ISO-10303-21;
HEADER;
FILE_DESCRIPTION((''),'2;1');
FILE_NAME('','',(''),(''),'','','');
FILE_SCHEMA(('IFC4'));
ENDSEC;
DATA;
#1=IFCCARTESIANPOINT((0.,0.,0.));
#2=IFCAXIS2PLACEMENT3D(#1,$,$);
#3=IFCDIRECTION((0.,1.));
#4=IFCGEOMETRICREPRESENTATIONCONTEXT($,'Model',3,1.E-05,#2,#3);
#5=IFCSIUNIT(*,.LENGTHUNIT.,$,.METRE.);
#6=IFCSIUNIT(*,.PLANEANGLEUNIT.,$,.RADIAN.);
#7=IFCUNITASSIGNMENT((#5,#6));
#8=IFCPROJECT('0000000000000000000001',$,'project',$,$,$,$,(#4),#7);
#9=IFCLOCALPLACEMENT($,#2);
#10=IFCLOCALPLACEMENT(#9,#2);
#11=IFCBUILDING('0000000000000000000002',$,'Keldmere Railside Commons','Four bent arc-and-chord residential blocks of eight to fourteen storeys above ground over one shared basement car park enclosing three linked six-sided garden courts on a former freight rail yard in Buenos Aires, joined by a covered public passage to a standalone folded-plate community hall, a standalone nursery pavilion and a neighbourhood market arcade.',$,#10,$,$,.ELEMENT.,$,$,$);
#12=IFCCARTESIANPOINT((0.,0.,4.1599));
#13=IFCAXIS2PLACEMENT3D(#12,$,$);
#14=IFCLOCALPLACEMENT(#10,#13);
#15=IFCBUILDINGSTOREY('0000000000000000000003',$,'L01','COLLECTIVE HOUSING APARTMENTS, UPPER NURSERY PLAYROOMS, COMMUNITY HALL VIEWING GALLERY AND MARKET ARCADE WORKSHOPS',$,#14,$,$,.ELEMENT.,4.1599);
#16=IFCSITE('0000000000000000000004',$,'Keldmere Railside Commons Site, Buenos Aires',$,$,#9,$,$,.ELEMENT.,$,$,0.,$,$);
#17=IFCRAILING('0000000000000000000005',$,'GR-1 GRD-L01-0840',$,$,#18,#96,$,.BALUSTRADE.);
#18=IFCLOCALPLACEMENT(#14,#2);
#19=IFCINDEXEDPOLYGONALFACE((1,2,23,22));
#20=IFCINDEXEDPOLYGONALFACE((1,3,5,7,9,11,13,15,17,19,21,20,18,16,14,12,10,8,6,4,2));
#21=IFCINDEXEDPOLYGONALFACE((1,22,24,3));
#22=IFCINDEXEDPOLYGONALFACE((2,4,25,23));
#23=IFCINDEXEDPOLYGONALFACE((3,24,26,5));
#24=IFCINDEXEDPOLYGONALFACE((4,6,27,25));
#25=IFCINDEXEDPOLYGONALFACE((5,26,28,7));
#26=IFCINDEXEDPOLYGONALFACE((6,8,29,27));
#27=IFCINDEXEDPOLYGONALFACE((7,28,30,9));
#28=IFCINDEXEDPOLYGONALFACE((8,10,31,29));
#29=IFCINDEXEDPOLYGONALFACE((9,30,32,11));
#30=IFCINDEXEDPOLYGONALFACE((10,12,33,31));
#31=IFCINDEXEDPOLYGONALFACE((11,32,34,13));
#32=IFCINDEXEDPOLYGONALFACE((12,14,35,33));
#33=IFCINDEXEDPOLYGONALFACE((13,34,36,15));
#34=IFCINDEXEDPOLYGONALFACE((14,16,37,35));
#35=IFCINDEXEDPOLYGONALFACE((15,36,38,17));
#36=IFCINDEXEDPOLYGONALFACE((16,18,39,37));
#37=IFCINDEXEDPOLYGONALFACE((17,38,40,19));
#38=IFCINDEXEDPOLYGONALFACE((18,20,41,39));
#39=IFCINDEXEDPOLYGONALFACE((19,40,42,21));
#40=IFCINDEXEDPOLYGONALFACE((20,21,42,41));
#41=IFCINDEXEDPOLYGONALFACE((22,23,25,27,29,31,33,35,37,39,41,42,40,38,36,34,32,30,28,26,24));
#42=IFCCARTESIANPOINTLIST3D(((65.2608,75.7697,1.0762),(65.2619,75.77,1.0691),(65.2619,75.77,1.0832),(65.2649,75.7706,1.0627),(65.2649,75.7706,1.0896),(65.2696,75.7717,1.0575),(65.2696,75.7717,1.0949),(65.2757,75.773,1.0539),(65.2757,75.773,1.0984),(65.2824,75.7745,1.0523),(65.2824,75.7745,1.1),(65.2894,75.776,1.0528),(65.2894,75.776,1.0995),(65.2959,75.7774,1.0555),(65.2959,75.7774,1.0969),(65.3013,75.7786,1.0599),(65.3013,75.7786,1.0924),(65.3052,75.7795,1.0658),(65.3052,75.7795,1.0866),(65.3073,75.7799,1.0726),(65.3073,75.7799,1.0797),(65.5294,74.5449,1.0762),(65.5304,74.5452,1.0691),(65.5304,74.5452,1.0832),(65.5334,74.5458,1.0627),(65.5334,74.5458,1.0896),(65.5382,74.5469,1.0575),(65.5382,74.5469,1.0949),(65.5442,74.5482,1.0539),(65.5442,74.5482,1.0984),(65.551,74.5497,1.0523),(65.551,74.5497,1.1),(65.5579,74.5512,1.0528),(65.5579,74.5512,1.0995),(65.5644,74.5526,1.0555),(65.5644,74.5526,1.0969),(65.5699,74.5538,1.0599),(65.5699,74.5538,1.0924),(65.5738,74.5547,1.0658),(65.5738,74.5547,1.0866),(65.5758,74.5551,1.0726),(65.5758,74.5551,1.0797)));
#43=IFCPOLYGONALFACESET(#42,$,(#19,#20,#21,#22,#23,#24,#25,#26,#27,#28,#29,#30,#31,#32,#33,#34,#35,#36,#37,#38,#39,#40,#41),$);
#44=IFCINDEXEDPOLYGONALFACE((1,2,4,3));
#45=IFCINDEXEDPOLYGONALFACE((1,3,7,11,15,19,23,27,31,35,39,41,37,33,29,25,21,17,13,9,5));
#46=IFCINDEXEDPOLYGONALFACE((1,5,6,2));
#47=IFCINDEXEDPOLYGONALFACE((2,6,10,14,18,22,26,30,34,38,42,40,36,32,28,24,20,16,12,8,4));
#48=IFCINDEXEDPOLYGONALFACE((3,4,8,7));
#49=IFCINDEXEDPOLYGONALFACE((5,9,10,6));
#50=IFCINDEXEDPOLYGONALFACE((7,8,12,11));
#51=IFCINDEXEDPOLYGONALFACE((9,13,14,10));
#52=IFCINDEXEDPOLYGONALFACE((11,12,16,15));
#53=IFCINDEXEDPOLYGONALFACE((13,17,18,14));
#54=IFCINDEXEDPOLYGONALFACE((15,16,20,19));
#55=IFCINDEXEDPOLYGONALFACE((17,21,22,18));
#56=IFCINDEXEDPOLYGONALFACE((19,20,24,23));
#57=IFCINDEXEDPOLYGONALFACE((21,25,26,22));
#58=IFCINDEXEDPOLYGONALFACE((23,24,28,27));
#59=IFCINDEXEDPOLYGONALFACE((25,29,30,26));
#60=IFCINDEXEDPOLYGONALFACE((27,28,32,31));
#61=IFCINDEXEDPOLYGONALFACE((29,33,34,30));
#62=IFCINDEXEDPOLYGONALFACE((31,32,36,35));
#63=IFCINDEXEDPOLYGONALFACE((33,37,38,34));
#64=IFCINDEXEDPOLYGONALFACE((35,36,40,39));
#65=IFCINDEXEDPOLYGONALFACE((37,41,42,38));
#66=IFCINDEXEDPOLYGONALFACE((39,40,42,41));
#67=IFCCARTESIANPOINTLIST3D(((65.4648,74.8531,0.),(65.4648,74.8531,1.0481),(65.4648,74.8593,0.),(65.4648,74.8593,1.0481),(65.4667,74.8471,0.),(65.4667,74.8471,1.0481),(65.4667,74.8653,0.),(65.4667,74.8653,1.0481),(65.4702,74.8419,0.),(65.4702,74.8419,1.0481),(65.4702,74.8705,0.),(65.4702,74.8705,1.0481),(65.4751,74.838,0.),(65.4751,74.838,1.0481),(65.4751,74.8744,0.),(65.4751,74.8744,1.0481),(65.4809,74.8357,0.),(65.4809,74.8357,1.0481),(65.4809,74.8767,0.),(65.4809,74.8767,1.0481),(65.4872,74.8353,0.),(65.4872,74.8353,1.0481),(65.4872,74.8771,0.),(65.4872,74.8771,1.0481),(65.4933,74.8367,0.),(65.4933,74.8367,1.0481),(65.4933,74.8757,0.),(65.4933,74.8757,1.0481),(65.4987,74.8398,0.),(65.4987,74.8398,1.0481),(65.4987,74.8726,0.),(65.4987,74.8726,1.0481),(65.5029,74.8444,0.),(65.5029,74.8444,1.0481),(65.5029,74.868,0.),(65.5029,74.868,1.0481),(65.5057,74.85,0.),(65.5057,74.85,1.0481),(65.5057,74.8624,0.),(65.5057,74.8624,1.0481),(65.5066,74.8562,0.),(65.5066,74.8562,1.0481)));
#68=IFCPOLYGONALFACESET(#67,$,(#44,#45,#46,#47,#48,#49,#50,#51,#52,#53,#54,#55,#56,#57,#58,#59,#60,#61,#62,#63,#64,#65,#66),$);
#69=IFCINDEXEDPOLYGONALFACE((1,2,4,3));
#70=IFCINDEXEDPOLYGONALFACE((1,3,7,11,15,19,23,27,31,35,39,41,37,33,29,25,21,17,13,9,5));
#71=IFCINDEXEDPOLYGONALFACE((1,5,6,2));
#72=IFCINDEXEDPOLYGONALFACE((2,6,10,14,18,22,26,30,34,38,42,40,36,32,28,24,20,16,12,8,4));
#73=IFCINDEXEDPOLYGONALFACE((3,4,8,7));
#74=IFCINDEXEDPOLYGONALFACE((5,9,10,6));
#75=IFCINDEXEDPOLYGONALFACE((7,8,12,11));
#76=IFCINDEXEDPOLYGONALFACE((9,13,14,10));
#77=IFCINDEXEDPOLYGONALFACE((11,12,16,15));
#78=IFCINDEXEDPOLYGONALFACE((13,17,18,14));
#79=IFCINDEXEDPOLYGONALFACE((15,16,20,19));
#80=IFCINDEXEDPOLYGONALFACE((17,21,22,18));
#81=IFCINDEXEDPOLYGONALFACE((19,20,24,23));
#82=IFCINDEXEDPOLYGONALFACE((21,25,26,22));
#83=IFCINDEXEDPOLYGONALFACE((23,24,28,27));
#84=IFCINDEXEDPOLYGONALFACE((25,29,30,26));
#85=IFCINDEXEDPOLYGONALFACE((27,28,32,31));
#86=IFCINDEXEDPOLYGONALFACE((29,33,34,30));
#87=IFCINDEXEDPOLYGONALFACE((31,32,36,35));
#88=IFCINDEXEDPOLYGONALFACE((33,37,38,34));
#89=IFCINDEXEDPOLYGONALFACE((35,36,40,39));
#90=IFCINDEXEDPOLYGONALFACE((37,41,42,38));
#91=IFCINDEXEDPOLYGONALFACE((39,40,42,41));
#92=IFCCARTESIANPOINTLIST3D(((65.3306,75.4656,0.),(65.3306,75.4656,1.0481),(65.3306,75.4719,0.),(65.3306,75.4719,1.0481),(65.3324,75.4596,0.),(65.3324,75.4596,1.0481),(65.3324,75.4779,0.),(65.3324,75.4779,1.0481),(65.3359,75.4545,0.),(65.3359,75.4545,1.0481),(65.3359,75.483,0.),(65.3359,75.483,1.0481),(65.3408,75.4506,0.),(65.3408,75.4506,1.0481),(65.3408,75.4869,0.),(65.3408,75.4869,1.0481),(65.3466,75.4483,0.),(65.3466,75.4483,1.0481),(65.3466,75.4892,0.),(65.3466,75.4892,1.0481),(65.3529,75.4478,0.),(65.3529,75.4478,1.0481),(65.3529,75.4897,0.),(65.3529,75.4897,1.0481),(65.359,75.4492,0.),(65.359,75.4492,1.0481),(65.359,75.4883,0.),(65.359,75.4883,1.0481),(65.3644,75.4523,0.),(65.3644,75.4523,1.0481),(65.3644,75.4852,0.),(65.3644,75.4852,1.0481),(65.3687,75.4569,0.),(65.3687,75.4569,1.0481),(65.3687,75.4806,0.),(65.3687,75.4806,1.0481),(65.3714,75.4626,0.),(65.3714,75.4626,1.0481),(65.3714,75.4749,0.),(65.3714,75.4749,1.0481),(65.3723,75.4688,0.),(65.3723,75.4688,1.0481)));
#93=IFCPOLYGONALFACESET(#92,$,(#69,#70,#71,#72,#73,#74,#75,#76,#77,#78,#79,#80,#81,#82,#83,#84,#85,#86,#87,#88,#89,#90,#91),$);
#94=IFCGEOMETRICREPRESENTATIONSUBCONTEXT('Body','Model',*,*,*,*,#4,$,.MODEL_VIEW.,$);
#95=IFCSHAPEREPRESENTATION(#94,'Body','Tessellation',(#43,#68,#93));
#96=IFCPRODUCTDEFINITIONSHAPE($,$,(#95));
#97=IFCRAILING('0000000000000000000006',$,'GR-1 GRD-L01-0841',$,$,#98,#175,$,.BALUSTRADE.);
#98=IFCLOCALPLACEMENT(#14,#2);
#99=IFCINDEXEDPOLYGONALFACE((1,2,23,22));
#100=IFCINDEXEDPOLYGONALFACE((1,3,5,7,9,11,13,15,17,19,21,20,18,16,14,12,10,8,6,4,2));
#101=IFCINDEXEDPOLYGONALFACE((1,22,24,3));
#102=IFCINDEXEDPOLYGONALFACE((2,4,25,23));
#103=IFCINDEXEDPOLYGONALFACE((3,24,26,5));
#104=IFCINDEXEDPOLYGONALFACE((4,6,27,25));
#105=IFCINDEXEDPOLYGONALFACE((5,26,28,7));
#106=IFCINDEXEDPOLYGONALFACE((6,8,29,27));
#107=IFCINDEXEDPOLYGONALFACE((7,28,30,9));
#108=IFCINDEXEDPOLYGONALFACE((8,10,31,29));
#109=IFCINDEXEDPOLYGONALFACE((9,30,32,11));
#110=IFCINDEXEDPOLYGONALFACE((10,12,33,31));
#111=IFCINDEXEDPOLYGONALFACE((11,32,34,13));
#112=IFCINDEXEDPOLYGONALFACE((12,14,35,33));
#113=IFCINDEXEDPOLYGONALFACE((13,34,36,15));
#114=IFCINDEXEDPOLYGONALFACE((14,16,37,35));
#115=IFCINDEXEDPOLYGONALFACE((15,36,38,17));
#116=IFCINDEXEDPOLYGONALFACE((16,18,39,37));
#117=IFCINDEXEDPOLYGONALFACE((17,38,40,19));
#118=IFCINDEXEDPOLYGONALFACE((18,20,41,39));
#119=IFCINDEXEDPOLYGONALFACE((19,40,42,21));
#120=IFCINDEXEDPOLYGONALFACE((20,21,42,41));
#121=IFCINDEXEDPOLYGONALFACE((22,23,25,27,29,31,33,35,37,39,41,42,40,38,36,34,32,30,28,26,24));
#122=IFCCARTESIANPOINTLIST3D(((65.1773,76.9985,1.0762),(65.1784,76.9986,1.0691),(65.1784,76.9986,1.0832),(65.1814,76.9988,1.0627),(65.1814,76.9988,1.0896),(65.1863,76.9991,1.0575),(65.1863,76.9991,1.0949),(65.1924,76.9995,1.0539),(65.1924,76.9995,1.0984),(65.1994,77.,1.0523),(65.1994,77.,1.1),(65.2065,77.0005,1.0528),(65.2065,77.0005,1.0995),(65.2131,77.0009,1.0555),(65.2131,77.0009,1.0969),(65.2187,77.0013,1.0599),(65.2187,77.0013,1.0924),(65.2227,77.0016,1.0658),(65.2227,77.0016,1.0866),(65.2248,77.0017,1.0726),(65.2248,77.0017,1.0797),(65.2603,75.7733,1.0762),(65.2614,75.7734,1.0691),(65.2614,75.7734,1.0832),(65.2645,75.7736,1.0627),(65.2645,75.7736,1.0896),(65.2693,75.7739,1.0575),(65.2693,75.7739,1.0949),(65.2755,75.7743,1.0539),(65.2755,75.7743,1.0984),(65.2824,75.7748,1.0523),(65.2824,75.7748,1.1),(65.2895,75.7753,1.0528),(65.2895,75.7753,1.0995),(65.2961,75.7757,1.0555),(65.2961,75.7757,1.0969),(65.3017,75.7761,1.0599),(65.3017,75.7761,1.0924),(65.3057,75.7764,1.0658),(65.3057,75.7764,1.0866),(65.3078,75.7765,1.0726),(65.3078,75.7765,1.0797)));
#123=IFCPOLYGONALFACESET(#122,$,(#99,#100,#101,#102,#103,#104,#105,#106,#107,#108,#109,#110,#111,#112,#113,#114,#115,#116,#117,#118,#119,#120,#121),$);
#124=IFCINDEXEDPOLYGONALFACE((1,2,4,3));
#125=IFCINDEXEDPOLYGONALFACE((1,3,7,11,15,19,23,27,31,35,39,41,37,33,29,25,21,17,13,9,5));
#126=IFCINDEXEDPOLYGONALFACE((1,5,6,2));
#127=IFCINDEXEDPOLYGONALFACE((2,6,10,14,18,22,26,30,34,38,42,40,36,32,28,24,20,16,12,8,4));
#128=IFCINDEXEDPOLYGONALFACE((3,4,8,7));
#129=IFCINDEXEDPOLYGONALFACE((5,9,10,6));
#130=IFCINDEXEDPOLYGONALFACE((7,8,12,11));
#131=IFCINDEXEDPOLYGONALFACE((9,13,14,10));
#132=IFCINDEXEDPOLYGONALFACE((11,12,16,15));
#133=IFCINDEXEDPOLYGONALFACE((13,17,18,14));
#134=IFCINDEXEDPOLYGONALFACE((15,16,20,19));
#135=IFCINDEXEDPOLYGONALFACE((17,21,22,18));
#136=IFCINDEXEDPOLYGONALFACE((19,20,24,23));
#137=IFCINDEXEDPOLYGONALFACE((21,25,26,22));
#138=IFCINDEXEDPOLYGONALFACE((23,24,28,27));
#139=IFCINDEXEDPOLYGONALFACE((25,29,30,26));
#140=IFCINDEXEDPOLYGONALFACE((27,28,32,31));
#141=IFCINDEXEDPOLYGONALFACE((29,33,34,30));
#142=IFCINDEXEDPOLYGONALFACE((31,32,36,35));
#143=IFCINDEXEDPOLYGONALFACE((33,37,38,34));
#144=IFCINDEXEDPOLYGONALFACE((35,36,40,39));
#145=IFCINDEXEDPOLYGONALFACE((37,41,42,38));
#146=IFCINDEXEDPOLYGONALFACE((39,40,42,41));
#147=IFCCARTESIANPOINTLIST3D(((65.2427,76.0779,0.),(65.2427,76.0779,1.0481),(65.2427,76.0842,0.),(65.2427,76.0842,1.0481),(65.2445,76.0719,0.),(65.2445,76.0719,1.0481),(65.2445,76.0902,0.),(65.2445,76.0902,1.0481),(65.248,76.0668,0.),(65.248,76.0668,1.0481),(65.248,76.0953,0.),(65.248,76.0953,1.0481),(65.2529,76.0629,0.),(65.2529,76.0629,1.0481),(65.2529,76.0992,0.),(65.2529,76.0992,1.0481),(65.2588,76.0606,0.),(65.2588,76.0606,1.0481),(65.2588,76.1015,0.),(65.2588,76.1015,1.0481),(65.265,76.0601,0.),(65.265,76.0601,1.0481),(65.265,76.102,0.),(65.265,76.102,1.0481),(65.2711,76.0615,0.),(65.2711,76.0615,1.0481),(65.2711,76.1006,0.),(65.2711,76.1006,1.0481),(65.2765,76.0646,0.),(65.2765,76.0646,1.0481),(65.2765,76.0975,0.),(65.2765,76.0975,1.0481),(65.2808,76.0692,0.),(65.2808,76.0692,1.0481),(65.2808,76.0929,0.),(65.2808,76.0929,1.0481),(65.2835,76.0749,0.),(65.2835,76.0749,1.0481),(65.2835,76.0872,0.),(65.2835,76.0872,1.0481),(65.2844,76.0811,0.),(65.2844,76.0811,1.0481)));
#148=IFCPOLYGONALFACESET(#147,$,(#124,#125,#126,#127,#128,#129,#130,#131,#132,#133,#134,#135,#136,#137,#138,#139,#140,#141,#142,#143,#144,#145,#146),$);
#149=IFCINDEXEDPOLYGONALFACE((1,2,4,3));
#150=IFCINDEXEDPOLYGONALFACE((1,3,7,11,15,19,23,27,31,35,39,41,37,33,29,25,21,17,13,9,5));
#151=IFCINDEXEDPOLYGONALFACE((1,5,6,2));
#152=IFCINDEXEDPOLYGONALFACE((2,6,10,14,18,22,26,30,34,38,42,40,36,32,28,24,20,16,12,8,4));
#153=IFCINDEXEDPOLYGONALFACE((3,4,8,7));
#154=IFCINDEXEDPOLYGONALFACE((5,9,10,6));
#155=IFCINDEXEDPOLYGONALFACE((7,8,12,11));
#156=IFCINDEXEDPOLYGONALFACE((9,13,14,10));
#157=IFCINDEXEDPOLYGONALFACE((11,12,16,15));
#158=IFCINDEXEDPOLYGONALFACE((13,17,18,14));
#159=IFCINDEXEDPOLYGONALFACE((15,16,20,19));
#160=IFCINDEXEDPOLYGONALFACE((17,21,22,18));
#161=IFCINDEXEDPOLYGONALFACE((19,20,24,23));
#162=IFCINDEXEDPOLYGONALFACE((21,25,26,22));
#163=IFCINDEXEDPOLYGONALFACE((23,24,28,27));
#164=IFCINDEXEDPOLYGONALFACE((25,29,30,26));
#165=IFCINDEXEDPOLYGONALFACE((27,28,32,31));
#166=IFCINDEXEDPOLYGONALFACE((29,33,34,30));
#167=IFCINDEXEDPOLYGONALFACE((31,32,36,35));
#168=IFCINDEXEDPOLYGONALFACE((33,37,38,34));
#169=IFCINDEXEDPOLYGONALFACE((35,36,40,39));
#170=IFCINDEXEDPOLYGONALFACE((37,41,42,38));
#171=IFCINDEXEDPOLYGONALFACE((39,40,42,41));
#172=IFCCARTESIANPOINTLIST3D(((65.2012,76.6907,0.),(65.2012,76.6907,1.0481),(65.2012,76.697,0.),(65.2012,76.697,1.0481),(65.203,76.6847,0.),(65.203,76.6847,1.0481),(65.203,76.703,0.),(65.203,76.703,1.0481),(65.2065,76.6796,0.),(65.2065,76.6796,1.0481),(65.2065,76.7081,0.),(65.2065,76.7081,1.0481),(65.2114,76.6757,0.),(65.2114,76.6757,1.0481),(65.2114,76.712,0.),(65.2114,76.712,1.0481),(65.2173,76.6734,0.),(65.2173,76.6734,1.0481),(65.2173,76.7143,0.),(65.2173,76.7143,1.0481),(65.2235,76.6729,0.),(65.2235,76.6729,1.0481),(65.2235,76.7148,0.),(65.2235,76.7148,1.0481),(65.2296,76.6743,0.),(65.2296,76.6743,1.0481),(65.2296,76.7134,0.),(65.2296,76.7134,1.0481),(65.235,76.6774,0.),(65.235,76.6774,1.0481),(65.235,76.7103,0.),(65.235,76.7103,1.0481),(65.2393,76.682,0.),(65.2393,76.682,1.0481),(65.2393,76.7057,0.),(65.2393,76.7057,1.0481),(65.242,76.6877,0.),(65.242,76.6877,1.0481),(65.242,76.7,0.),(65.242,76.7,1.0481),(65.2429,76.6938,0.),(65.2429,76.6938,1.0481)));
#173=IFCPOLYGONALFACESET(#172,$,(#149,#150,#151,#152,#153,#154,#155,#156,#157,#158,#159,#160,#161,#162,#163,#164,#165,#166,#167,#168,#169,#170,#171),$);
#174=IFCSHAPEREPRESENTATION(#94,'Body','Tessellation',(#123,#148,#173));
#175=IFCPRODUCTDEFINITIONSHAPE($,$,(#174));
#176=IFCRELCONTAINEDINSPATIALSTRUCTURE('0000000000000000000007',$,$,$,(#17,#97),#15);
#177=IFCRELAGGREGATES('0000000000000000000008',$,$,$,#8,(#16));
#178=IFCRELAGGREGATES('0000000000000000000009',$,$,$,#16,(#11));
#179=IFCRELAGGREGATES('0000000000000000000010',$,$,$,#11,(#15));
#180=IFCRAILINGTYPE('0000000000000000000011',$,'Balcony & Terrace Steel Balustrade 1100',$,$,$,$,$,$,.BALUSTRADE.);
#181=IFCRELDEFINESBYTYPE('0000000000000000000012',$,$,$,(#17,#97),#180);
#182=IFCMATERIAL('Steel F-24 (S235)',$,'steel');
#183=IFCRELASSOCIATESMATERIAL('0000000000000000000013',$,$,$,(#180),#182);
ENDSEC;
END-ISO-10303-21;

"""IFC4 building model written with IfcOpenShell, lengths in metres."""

from ifc_helpers import new_model, si_unit, direction, frame, origin, origin_2d, place, context, subcontext, project, spatial, circle, extrude, material, type_object, element, save


model = new_model("IFC4")

# Units and contexts
model_context = context("Model", 3, precision=1e-05, world=origin(), true_north=direction((0.0, 1.0)))
body_context = subcontext(model_context, "Body", "Model", "MODEL_VIEW")
ifc_project = project(units=[si_unit("LENGTHUNIT", "METRE"), si_unit("PLANEANGLEUNIT", "RADIAN")], contexts=[model_context])

# Site, building, storey
site_placement = place(None, origin())
site = spatial("IfcSite", under=ifc_project, at=site_placement, Name="Keldmere Railside Commons Site, Buenos Aires", CompositionType="ELEMENT", RefElevation=0.0)
building_placement = place(site_placement, origin())
building = spatial("IfcBuilding", under=site, at=building_placement, Name="Keldmere Railside Commons", Description="Four bent arc-and-chord residential blocks of eight to fourteen storeys above ground over one shared basement car park enclosing three linked six-sided garden courts on a former freight rail yard in Buenos Aires, joined by a covered public passage to a standalone folded-plate community hall, a standalone nursery pavilion and a neighbourhood market arcade.", CompositionType="ELEMENT")
storey_placement = place(building_placement, frame((0.0, 0.0, 4.1599)))
storey = spatial("IfcBuildingStorey", under=building, at=storey_placement, Name="L01", Description="COLLECTIVE HOUSING APARTMENTS, UPPER NURSERY PLAYROOMS, COMMUNITY HALL VIEWING GALLERY AND MARKET ARCADE WORKSHOPS", CompositionType="ELEMENT", Elevation=4.1599)

# Railings
ifc_material_1 = material(Name="Steel F-24 (S235)", Category="steel")
railing_type = type_object("IfcRailingType", Name="Balcony & Terrace Steel Balustrade 1100", PredefinedType="BALUSTRADE", material=ifc_material_1)
railing_1_placement = place(storey_placement, frame((65.5527, 74.55, 0.0)))
element("IfcRailing", 1, at=railing_1_placement, inside=storey, type_object=railing_type, Name="GR-1 GRD-L01-0840", PredefinedType="BALUSTRADE", context=body_context, shape_type="SweptSolid", body=[
    extrude(circle(Radius=0.0239, at=origin_2d()), frame((0.0, 0.0, 1.0762), z_axis=(-0.214167, 0.976797, 0.0), x_axis=(-0.976797, -0.214167, 0.0)), (0.0, 0.0, 1.0), 1.2539),
    extrude(circle(Radius=0.021, at=origin_2d()), frame((-0.0671, 0.3062, 0.0)), (0.0, 0.0, 1.0), 1.0481),
    extrude(circle(Radius=0.021, at=origin_2d()), frame((-0.2014, 0.9187, 0.0)), (0.0, 0.0, 1.0), 1.0481),
])
railing_2_placement = place(storey_placement, frame((65.2842, 75.7749, 0.0)))
element("IfcRailing", 2, at=railing_2_placement, inside=storey, type_object=railing_type, Name="GR-1 GRD-L01-0841", PredefinedType="BALUSTRADE", context=body_context, shape_type="SweptSolid", body=[
    extrude(circle(Radius=0.0239, at=origin_2d()), frame((0.0, 0.0, 1.0762), z_axis=(-0.067601, 0.997712, 0.0), x_axis=(-0.997712, -0.067601, 0.0)), (0.0, 0.0, 1.0), 1.228),
    extrude(circle(Radius=0.021, at=origin_2d()), frame((-0.0208, 0.3062, 0.0)), (0.0, 0.0, 1.0), 1.0481),
    extrude(circle(Radius=0.021, at=origin_2d()), frame((-0.0623, 0.9189, 0.0)), (0.0, 0.0, 1.0), 1.0481),
])

save(model, "model.ifc")
